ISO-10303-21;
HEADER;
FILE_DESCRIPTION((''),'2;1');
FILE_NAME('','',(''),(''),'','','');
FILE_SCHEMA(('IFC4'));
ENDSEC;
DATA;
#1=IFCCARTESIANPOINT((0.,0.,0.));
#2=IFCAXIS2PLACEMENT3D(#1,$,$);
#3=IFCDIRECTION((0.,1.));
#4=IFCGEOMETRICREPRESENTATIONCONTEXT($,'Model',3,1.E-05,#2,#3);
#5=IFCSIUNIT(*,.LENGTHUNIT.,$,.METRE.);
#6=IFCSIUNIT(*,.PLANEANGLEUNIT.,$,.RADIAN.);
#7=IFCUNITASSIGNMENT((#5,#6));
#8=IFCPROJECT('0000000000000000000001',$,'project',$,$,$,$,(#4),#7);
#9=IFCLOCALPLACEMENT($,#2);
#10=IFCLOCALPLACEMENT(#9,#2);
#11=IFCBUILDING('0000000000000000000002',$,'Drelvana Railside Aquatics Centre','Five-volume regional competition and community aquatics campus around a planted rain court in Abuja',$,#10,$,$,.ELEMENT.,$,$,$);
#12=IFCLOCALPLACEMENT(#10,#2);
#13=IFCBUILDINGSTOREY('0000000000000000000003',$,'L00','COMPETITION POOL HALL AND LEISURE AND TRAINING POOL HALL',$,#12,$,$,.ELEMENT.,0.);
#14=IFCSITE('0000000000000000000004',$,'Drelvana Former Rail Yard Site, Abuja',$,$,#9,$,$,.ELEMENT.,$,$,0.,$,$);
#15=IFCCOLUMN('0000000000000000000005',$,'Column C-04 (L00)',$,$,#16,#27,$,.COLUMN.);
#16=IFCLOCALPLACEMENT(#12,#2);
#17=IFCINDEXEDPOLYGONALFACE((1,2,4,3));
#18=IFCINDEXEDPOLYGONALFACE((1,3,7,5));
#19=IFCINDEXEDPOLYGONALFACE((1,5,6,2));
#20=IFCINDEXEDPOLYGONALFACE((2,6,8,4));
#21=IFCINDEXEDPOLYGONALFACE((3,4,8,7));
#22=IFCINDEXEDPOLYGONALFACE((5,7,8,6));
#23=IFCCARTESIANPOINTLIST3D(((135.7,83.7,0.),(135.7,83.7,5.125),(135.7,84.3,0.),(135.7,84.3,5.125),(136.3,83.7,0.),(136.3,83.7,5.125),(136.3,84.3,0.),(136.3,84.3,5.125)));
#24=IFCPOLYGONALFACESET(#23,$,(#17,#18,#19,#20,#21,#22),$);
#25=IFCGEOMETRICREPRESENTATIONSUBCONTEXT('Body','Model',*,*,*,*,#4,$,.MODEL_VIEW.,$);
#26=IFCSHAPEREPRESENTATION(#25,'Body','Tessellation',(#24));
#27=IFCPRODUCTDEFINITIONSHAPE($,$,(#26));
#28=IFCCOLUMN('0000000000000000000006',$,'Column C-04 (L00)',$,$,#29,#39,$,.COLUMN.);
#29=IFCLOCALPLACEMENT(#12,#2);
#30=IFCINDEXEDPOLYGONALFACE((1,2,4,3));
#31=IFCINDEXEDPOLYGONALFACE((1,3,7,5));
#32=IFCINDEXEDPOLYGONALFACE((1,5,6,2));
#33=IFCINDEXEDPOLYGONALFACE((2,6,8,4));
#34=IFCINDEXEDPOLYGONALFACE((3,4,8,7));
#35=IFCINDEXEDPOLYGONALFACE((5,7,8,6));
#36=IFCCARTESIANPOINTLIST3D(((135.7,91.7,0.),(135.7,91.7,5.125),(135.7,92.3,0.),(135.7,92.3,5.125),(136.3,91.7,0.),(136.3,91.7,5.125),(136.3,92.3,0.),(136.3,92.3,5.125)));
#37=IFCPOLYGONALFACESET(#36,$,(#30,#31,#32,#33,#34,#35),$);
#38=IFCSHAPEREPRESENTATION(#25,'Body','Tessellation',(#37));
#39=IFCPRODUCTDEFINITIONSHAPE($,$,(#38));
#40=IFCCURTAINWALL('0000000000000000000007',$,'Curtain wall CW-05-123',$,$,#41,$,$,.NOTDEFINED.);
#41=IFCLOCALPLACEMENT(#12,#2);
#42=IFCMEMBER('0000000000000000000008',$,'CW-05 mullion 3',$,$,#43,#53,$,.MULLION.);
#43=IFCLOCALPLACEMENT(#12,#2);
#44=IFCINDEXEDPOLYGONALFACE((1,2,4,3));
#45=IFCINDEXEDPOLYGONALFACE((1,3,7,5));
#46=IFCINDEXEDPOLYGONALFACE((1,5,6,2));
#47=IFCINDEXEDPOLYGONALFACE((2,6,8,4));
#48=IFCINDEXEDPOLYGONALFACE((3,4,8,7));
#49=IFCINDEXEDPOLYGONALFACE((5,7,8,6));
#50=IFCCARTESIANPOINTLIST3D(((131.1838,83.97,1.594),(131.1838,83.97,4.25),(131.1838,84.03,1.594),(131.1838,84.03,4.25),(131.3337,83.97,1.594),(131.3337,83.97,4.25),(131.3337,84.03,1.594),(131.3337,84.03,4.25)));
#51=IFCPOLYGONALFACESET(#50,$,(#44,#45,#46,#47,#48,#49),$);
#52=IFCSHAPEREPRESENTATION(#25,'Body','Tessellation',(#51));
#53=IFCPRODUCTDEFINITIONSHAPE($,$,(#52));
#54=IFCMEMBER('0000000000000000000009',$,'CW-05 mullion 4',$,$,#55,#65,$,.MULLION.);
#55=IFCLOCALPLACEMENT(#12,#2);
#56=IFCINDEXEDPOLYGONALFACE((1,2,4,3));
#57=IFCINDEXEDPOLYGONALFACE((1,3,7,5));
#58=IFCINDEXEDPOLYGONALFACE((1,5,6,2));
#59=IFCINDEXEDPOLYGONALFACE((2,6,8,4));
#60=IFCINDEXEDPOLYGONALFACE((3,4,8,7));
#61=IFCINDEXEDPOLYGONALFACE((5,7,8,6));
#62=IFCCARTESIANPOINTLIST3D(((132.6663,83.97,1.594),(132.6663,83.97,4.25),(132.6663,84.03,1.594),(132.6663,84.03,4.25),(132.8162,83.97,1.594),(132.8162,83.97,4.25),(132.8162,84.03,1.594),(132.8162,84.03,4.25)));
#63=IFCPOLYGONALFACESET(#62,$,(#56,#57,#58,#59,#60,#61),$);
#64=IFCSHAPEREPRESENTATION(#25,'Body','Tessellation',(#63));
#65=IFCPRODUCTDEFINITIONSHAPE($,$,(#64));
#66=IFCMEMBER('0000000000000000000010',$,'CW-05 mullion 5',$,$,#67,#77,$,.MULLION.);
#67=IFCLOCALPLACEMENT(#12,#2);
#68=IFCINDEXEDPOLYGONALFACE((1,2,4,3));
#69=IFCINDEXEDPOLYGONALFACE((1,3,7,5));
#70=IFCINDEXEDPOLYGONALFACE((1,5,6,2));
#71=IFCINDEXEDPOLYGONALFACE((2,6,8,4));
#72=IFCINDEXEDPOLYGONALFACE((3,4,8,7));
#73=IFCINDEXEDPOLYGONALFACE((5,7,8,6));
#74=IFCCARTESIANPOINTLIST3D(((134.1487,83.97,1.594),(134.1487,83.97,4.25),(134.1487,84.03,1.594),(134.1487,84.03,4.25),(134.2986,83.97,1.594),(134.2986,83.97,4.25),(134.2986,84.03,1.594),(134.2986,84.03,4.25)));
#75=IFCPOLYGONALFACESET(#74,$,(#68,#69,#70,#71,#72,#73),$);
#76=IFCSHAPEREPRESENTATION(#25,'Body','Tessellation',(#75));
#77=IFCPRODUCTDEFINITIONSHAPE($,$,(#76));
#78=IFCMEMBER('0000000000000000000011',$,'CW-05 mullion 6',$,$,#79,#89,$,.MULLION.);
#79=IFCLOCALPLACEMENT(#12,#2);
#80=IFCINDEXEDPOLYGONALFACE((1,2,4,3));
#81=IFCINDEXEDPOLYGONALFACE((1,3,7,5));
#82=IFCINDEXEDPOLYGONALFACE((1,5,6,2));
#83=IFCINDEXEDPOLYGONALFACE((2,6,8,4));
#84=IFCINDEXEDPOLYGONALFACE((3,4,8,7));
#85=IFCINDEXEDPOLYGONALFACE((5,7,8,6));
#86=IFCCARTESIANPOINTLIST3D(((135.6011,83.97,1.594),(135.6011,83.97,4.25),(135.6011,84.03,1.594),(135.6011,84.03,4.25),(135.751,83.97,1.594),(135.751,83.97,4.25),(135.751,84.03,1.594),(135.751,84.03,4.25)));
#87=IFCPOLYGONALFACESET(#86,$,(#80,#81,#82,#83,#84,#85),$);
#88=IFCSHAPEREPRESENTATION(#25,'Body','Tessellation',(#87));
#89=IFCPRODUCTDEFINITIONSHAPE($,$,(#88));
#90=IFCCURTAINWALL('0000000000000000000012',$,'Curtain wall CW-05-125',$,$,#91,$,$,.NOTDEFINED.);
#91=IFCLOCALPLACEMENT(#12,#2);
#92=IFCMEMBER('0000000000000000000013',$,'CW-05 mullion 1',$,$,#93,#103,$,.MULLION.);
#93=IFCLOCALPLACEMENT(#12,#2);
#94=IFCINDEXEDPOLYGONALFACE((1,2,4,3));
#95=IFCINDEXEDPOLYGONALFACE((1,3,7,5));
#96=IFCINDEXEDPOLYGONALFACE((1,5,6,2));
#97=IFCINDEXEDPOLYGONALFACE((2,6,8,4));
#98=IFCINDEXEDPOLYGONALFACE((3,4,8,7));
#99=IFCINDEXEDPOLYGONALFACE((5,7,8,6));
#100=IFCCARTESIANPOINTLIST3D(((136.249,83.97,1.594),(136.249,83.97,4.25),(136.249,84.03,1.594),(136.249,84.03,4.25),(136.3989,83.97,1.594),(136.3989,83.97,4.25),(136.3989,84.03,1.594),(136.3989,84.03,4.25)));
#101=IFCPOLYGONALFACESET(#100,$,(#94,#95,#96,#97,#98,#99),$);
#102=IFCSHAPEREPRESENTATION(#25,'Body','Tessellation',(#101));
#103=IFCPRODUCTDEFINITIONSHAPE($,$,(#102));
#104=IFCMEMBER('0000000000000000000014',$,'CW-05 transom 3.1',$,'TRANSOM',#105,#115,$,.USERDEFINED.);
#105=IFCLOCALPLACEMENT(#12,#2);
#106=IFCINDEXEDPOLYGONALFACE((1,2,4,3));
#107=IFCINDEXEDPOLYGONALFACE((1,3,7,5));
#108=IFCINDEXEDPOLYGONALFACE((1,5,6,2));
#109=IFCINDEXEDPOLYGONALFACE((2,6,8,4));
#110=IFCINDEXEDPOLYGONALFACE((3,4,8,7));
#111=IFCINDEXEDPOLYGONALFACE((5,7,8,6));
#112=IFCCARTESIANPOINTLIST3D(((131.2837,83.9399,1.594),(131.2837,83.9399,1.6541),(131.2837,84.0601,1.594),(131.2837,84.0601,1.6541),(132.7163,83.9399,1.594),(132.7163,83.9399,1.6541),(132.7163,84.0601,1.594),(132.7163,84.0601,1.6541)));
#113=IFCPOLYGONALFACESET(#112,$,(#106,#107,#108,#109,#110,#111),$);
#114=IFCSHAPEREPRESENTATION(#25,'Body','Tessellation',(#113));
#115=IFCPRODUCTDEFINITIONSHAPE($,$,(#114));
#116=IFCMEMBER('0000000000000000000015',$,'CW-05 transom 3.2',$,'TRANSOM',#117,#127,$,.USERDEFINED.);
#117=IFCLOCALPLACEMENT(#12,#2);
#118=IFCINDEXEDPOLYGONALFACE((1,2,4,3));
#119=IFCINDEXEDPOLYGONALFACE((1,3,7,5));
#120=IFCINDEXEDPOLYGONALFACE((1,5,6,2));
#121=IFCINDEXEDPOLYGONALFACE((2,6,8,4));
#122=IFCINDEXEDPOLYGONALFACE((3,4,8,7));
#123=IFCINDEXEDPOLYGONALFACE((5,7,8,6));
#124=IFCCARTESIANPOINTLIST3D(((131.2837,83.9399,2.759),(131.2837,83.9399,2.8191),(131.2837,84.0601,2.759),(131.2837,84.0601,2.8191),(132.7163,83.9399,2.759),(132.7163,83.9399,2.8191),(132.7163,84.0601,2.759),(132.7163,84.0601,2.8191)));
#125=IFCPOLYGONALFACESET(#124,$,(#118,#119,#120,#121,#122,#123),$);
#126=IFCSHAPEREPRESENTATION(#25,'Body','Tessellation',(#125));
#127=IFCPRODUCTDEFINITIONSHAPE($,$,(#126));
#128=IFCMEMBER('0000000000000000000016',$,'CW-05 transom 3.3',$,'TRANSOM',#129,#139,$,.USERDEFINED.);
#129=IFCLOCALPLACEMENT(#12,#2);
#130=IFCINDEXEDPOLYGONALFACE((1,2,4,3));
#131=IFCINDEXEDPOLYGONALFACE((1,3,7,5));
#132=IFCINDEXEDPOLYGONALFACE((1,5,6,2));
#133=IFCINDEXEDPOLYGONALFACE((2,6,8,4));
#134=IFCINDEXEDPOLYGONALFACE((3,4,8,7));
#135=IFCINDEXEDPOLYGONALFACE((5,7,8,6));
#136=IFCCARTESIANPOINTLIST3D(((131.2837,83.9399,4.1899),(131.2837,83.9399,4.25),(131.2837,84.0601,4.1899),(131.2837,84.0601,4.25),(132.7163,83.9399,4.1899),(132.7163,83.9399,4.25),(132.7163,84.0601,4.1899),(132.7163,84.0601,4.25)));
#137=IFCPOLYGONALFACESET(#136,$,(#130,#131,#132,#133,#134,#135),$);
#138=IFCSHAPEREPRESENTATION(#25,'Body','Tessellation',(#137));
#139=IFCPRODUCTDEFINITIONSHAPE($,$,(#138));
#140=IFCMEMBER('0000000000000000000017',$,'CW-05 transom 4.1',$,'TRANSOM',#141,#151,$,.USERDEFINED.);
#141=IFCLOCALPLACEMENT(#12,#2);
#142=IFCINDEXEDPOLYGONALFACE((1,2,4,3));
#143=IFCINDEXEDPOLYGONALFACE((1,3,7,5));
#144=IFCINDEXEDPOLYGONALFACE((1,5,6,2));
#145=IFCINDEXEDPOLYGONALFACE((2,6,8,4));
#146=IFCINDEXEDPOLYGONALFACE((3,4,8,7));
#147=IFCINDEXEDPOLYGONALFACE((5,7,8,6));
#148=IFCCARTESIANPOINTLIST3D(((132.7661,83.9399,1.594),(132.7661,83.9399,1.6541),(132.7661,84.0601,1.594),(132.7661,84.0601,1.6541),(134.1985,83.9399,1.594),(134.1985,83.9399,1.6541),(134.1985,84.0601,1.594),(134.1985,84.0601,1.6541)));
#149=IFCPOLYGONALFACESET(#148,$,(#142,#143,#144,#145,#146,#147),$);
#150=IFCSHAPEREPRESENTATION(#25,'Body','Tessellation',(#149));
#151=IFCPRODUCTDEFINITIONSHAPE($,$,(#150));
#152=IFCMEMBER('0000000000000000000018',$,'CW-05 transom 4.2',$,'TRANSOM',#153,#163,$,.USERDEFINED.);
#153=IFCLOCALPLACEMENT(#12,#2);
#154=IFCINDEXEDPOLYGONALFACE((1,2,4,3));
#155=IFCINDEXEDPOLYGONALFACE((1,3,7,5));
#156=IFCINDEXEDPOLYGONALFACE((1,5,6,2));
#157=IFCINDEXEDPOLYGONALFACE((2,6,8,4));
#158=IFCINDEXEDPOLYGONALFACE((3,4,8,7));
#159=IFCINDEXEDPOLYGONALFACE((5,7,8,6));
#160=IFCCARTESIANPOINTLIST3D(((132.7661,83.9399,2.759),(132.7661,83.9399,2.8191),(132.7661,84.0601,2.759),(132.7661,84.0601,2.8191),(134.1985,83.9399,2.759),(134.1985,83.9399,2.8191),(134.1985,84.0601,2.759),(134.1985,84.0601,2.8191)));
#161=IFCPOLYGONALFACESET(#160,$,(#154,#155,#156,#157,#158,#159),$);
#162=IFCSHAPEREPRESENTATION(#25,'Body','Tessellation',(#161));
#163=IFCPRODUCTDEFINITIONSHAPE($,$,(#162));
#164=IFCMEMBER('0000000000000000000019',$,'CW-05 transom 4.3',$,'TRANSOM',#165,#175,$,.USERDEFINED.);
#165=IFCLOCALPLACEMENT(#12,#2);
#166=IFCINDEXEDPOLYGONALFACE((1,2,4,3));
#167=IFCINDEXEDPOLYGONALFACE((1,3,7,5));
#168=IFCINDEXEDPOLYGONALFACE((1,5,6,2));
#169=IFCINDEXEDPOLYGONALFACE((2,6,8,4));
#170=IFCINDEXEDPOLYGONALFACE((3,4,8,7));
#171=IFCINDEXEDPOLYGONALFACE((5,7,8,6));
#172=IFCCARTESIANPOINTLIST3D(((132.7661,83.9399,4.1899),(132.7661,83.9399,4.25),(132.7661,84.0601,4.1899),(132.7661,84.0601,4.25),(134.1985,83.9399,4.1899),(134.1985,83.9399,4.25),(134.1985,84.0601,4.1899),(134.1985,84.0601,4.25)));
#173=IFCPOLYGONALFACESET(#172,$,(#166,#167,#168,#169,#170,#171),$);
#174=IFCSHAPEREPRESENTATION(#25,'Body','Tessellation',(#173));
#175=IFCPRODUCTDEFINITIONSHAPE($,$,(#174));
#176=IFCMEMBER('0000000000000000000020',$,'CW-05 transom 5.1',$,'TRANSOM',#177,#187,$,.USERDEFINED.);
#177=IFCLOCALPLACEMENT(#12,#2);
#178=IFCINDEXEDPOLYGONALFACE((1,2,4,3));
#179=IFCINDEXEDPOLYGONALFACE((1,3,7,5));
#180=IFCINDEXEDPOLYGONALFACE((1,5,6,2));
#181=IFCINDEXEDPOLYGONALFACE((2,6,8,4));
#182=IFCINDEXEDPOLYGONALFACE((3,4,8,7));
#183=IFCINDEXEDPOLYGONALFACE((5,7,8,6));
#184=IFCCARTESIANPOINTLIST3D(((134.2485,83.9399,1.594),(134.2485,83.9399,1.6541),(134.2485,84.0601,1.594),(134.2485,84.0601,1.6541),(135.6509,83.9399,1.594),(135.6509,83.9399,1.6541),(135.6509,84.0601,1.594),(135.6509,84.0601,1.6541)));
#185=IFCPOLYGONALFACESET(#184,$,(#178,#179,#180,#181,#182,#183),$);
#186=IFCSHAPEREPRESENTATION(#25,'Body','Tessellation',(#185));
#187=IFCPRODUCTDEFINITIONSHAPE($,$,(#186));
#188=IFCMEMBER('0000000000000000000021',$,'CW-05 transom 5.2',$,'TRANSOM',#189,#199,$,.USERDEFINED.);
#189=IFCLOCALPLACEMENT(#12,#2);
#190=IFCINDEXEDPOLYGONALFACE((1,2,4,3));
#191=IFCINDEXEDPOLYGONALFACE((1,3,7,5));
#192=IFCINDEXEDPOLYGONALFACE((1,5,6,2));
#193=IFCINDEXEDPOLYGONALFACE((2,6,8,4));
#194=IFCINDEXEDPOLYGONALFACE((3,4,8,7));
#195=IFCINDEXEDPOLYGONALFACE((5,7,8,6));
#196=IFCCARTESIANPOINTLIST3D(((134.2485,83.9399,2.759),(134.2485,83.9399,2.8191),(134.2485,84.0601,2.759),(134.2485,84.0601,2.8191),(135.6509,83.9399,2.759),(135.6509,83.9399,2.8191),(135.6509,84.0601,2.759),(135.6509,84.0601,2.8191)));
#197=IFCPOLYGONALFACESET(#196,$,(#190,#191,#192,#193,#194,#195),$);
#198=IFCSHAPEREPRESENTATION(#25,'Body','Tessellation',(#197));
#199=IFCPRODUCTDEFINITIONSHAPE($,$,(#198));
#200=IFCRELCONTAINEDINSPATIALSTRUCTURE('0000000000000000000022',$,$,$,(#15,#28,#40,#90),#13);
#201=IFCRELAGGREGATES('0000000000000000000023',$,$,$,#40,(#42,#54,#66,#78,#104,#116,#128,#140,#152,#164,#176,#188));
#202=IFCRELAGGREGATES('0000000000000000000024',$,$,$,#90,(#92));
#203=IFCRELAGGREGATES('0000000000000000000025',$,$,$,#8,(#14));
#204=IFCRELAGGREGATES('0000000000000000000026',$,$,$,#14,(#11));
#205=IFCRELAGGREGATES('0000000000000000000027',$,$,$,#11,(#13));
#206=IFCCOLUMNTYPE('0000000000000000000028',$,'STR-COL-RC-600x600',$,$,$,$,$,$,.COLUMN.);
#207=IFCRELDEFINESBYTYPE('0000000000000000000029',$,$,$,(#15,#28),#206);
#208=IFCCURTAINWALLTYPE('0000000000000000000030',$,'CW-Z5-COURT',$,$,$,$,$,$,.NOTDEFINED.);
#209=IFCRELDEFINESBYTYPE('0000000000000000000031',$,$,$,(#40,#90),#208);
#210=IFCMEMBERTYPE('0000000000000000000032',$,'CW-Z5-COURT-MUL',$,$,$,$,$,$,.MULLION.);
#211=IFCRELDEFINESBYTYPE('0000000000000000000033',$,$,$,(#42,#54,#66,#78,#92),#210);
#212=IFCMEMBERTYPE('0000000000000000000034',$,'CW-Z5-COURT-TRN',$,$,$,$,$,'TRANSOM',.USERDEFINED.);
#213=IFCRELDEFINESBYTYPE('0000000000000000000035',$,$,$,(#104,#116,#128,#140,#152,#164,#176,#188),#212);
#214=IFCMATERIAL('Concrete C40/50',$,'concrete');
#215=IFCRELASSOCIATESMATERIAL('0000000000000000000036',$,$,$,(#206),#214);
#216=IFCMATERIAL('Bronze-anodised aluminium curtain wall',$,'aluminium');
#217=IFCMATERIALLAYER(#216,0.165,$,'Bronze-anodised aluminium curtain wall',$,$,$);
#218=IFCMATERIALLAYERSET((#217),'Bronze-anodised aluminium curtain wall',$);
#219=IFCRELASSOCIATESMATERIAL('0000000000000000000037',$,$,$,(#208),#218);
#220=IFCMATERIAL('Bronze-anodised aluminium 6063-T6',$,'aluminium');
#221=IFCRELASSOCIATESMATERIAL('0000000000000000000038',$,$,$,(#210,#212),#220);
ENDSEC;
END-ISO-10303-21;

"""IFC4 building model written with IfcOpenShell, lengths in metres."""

from ifc_helpers import new_model, si_unit, direction, frame, origin, origin_2d, place, context, subcontext, project, spatial, rectangle, extrude, material, layer, layer_set, material_profile, profile_set, type_object, element, aggregate, save


model = new_model("IFC4")

# Units and contexts
model_context = context("Model", 3, precision=1e-05, world=origin(), true_north=direction((0.0, 1.0)))
body_context = subcontext(model_context, "Body", "Model", "MODEL_VIEW")
ifc_project = project(units=[si_unit("LENGTHUNIT", "METRE"), si_unit("PLANEANGLEUNIT", "RADIAN")], contexts=[model_context])

# Site, building, storey
site_placement = place(None, origin())
site = spatial("IfcSite", under=ifc_project, at=site_placement, Name="Drelvana Former Rail Yard Site, Abuja", CompositionType="ELEMENT", RefElevation=0.0)
building_placement = place(site_placement, origin())
building = spatial("IfcBuilding", under=site, at=building_placement, Name="Drelvana Railside Aquatics Centre", Description="Five-volume regional competition and community aquatics campus around a planted rain court in Abuja", CompositionType="ELEMENT")
storey_placement = place(building_placement, origin())
storey = spatial("IfcBuildingStorey", under=building, at=storey_placement, Name="L00", Description="COMPETITION POOL HALL AND LEISURE AND TRAINING POOL HALL", CompositionType="ELEMENT", Elevation=0.0)

# Columns
ifc_material_1 = material(Name="Concrete C40/50", Category="concrete")
ifc_material_profile_1 = material_profile(ifc_material_1, rectangle(XDim=0.6001, YDim=0.6001, at=origin_2d()), Name="RC 600x600")
ifc_profile_set_1 = profile_set([ifc_material_profile_1], Name="Concrete C40/50")
column_type = type_object("IfcColumnType", Name="STR-COL-RC-600x600", PredefinedType="COLUMN", material=ifc_profile_set_1)
for number, where, z_axis, x_axis, name in (
    (1, (136.0, 84.0, 0.0), (0.0, 0.0, 1.0), (1.0, 0.0, 0.0), "Column C-04 (L00)"),
    (2, (136.0, 92.0, 0.0), (0.0, 0.0, 1.0), (1.0, 0.0, 0.0), "Column C-04 (L00)"),
):
    element("IfcColumn", number, at=place(storey_placement, frame(where, z_axis=z_axis, x_axis=x_axis)), inside=storey, type_object=column_type, Name=name, PredefinedType="COLUMN", context=body_context, shape_type="SweptSolid", body=[
        extrude(rectangle(XDim=0.6001, YDim=0.6001, at=origin_2d()), origin(), (0.0, 0.0, 1.0), 5.125),
    ])

# Curtain wall, members
ifc_material_2 = material(Name="Bronze-anodised aluminium curtain wall", Category="aluminium")
ifc_layer_1 = layer(ifc_material_2, 0.165, Name="Bronze-anodised aluminium curtain wall")
ifc_layer_set_1 = layer_set([ifc_layer_1], Name="Bronze-anodised aluminium curtain wall")
curtain_wall_type = type_object("IfcCurtainWallType", Name="CW-Z5-COURT", PredefinedType="NOTDEFINED", material=ifc_layer_set_1)
curtain_wall_1_placement = place(storey_placement, origin())
curtain_wall_1 = element("IfcCurtainWall", 3, at=curtain_wall_1_placement, inside=storey, type_object=curtain_wall_type, Name="Curtain wall CW-05-123", PredefinedType="NOTDEFINED")
ifc_material_3 = material(Name="Bronze-anodised aluminium 6063-T6", Category="aluminium")
ifc_material_profile_2 = material_profile(ifc_material_3, rectangle(XDim=0.0601, YDim=0.1499, at=origin_2d()), Name="ALU-M 60x150")
ifc_profile_set_2 = profile_set([ifc_material_profile_2], Name="Bronze-anodised aluminium 6063-T6")
member_type_1 = type_object("IfcMemberType", Name="CW-Z5-COURT-MUL", PredefinedType="MULLION", material=ifc_profile_set_2)
member_1_placement = place(storey_placement, frame((131.2588, 84.0, 1.594), z_axis=(0.0, 0.0, 1.0), x_axis=(0.0, 1.0, 0.0)))
member_1 = element("IfcMember", 4, at=member_1_placement, type_object=member_type_1, Name="CW-05 mullion 3", PredefinedType="MULLION", context=body_context, shape_type="SweptSolid", body=[
    extrude(rectangle(XDim=0.0601, YDim=0.1499, at=origin_2d()), origin(), (0.0, 0.0, 1.0), 2.656),
])
member_2_placement = place(storey_placement, frame((132.7412, 84.0, 1.594), z_axis=(0.0, 0.0, 1.0), x_axis=(0.0, 1.0, 0.0)))
member_2 = element("IfcMember", 5, at=member_2_placement, type_object=member_type_1, Name="CW-05 mullion 4", PredefinedType="MULLION", context=body_context, shape_type="SweptSolid", body=[
    extrude(rectangle(XDim=0.0601, YDim=0.1499, at=origin_2d()), origin(), (0.0, 0.0, 1.0), 2.656),
])
member_3_placement = place(storey_placement, frame((134.2236, 84.0, 1.594), z_axis=(0.0, 0.0, 1.0), x_axis=(0.0, 1.0, 0.0)))
member_3 = element("IfcMember", 6, at=member_3_placement, type_object=member_type_1, Name="CW-05 mullion 5", PredefinedType="MULLION", context=body_context, shape_type="SweptSolid", body=[
    extrude(rectangle(XDim=0.0601, YDim=0.1499, at=origin_2d()), origin(), (0.0, 0.0, 1.0), 2.656),
])
member_4_placement = place(storey_placement, frame((135.676, 84.0, 1.594), z_axis=(0.0, 0.0, 1.0), x_axis=(0.0, 1.0, 0.0)))
member_4 = element("IfcMember", 7, at=member_4_placement, type_object=member_type_1, Name="CW-05 mullion 6", PredefinedType="MULLION", context=body_context, shape_type="SweptSolid", body=[
    extrude(rectangle(XDim=0.0601, YDim=0.1499, at=origin_2d()), origin(), (0.0, 0.0, 1.0), 2.656),
])

# Curtain wall, member
curtain_wall_2_placement = place(storey_placement, origin())
curtain_wall_2 = element("IfcCurtainWall", 8, at=curtain_wall_2_placement, inside=storey, type_object=curtain_wall_type, Name="Curtain wall CW-05-125", PredefinedType="NOTDEFINED")
member_5_placement = place(storey_placement, frame((136.324, 84.0, 1.594), z_axis=(0.0, 0.0, 1.0), x_axis=(0.0, 1.0, 0.0)))
member_5 = element("IfcMember", 9, at=member_5_placement, type_object=member_type_1, Name="CW-05 mullion 1", PredefinedType="MULLION", context=body_context, shape_type="SweptSolid", body=[
    extrude(rectangle(XDim=0.0601, YDim=0.1499, at=origin_2d()), origin(), (0.0, 0.0, 1.0), 2.656),
])

# Members
ifc_material_profile_3 = material_profile(ifc_material_3, rectangle(XDim=0.1201, YDim=0.0601, at=origin_2d()), Name="ALU-T 60x120")
ifc_profile_set_3 = profile_set([ifc_material_profile_3], Name="Bronze-anodised aluminium 6063-T6")
member_type_2 = type_object("IfcMemberType", Name="CW-Z5-COURT-TRN", ElementType="TRANSOM", PredefinedType="USERDEFINED", material=ifc_profile_set_3)
member_6_placement = place(storey_placement, frame((131.2837, 84.0, 1.624), z_axis=(1.0, 0.0, 0.0), x_axis=(0.0, 1.0, 0.0)))
member_6 = element("IfcMember", 10, at=member_6_placement, type_object=member_type_2, Name="CW-05 transom 3.1", ObjectType="TRANSOM", PredefinedType="USERDEFINED", context=body_context, shape_type="SweptSolid", body=[
    extrude(rectangle(XDim=0.1201, YDim=0.0601, at=origin_2d()), origin(), (0.0, 0.0, 1.0), 1.4326),
])
member_7_placement = place(storey_placement, frame((131.2837, 84.0, 2.7891), z_axis=(1.0, 0.0, 0.0), x_axis=(0.0, 1.0, 0.0)))
member_7 = element("IfcMember", 11, at=member_7_placement, type_object=member_type_2, Name="CW-05 transom 3.2", ObjectType="TRANSOM", PredefinedType="USERDEFINED", context=body_context, shape_type="SweptSolid", body=[
    extrude(rectangle(XDim=0.1201, YDim=0.0601, at=origin_2d()), origin(), (0.0, 0.0, 1.0), 1.4326),
])
member_8_placement = place(storey_placement, frame((131.2837, 84.0, 4.22), z_axis=(1.0, 0.0, 0.0), x_axis=(0.0, 1.0, 0.0)))
member_8 = element("IfcMember", 12, at=member_8_placement, type_object=member_type_2, Name="CW-05 transom 3.3", ObjectType="TRANSOM", PredefinedType="USERDEFINED", context=body_context, shape_type="SweptSolid", body=[
    extrude(rectangle(XDim=0.1201, YDim=0.0601, at=origin_2d()), origin(), (0.0, 0.0, 1.0), 1.4326),
])
member_9_placement = place(storey_placement, frame((132.7661, 84.0, 1.624), z_axis=(1.0, 0.0, 0.0), x_axis=(0.0, 1.0, 0.0)))
member_9 = element("IfcMember", 13, at=member_9_placement, type_object=member_type_2, Name="CW-05 transom 4.1", ObjectType="TRANSOM", PredefinedType="USERDEFINED", context=body_context, shape_type="SweptSolid", body=[
    extrude(rectangle(XDim=0.1201, YDim=0.0601, at=origin_2d()), origin(), (0.0, 0.0, 1.0), 1.4324),
])
member_10_placement = place(storey_placement, frame((132.7661, 84.0, 2.7891), z_axis=(1.0, 0.0, 0.0), x_axis=(0.0, 1.0, 0.0)))
member_10 = element("IfcMember", 14, at=member_10_placement, type_object=member_type_2, Name="CW-05 transom 4.2", ObjectType="TRANSOM", PredefinedType="USERDEFINED", context=body_context, shape_type="SweptSolid", body=[
    extrude(rectangle(XDim=0.1201, YDim=0.0601, at=origin_2d()), origin(), (0.0, 0.0, 1.0), 1.4324),
])
member_11_placement = place(storey_placement, frame((132.7661, 84.0, 4.22), z_axis=(1.0, 0.0, 0.0), x_axis=(0.0, 1.0, 0.0)))
member_11 = element("IfcMember", 15, at=member_11_placement, type_object=member_type_2, Name="CW-05 transom 4.3", ObjectType="TRANSOM", PredefinedType="USERDEFINED", context=body_context, shape_type="SweptSolid", body=[
    extrude(rectangle(XDim=0.1201, YDim=0.0601, at=origin_2d()), origin(), (0.0, 0.0, 1.0), 1.4324),
])
member_12_placement = place(storey_placement, frame((134.2485, 84.0, 1.624), z_axis=(1.0, 0.0, 0.0), x_axis=(0.0, 1.0, 0.0)))
member_12 = element("IfcMember", 16, at=member_12_placement, type_object=member_type_2, Name="CW-05 transom 5.1", ObjectType="TRANSOM", PredefinedType="USERDEFINED", context=body_context, shape_type="SweptSolid", body=[
    extrude(rectangle(XDim=0.1201, YDim=0.0601, at=origin_2d()), origin(), (0.0, 0.0, 1.0), 1.4023),
])
member_13_placement = place(storey_placement, frame((134.2485, 84.0, 2.7891), z_axis=(1.0, 0.0, 0.0), x_axis=(0.0, 1.0, 0.0)))
member_13 = element("IfcMember", 17, at=member_13_placement, type_object=member_type_2, Name="CW-05 transom 5.2", ObjectType="TRANSOM", PredefinedType="USERDEFINED", context=body_context, shape_type="SweptSolid", body=[
    extrude(rectangle(XDim=0.1201, YDim=0.0601, at=origin_2d()), origin(), (0.0, 0.0, 1.0), 1.4023),
])

aggregate(curtain_wall_1, [member_1, member_2, member_3, member_4, member_6, member_7, member_8, member_9, member_10, member_11, member_12, member_13])
aggregate(curtain_wall_2, [member_5])

save(model, "model.ifc")
